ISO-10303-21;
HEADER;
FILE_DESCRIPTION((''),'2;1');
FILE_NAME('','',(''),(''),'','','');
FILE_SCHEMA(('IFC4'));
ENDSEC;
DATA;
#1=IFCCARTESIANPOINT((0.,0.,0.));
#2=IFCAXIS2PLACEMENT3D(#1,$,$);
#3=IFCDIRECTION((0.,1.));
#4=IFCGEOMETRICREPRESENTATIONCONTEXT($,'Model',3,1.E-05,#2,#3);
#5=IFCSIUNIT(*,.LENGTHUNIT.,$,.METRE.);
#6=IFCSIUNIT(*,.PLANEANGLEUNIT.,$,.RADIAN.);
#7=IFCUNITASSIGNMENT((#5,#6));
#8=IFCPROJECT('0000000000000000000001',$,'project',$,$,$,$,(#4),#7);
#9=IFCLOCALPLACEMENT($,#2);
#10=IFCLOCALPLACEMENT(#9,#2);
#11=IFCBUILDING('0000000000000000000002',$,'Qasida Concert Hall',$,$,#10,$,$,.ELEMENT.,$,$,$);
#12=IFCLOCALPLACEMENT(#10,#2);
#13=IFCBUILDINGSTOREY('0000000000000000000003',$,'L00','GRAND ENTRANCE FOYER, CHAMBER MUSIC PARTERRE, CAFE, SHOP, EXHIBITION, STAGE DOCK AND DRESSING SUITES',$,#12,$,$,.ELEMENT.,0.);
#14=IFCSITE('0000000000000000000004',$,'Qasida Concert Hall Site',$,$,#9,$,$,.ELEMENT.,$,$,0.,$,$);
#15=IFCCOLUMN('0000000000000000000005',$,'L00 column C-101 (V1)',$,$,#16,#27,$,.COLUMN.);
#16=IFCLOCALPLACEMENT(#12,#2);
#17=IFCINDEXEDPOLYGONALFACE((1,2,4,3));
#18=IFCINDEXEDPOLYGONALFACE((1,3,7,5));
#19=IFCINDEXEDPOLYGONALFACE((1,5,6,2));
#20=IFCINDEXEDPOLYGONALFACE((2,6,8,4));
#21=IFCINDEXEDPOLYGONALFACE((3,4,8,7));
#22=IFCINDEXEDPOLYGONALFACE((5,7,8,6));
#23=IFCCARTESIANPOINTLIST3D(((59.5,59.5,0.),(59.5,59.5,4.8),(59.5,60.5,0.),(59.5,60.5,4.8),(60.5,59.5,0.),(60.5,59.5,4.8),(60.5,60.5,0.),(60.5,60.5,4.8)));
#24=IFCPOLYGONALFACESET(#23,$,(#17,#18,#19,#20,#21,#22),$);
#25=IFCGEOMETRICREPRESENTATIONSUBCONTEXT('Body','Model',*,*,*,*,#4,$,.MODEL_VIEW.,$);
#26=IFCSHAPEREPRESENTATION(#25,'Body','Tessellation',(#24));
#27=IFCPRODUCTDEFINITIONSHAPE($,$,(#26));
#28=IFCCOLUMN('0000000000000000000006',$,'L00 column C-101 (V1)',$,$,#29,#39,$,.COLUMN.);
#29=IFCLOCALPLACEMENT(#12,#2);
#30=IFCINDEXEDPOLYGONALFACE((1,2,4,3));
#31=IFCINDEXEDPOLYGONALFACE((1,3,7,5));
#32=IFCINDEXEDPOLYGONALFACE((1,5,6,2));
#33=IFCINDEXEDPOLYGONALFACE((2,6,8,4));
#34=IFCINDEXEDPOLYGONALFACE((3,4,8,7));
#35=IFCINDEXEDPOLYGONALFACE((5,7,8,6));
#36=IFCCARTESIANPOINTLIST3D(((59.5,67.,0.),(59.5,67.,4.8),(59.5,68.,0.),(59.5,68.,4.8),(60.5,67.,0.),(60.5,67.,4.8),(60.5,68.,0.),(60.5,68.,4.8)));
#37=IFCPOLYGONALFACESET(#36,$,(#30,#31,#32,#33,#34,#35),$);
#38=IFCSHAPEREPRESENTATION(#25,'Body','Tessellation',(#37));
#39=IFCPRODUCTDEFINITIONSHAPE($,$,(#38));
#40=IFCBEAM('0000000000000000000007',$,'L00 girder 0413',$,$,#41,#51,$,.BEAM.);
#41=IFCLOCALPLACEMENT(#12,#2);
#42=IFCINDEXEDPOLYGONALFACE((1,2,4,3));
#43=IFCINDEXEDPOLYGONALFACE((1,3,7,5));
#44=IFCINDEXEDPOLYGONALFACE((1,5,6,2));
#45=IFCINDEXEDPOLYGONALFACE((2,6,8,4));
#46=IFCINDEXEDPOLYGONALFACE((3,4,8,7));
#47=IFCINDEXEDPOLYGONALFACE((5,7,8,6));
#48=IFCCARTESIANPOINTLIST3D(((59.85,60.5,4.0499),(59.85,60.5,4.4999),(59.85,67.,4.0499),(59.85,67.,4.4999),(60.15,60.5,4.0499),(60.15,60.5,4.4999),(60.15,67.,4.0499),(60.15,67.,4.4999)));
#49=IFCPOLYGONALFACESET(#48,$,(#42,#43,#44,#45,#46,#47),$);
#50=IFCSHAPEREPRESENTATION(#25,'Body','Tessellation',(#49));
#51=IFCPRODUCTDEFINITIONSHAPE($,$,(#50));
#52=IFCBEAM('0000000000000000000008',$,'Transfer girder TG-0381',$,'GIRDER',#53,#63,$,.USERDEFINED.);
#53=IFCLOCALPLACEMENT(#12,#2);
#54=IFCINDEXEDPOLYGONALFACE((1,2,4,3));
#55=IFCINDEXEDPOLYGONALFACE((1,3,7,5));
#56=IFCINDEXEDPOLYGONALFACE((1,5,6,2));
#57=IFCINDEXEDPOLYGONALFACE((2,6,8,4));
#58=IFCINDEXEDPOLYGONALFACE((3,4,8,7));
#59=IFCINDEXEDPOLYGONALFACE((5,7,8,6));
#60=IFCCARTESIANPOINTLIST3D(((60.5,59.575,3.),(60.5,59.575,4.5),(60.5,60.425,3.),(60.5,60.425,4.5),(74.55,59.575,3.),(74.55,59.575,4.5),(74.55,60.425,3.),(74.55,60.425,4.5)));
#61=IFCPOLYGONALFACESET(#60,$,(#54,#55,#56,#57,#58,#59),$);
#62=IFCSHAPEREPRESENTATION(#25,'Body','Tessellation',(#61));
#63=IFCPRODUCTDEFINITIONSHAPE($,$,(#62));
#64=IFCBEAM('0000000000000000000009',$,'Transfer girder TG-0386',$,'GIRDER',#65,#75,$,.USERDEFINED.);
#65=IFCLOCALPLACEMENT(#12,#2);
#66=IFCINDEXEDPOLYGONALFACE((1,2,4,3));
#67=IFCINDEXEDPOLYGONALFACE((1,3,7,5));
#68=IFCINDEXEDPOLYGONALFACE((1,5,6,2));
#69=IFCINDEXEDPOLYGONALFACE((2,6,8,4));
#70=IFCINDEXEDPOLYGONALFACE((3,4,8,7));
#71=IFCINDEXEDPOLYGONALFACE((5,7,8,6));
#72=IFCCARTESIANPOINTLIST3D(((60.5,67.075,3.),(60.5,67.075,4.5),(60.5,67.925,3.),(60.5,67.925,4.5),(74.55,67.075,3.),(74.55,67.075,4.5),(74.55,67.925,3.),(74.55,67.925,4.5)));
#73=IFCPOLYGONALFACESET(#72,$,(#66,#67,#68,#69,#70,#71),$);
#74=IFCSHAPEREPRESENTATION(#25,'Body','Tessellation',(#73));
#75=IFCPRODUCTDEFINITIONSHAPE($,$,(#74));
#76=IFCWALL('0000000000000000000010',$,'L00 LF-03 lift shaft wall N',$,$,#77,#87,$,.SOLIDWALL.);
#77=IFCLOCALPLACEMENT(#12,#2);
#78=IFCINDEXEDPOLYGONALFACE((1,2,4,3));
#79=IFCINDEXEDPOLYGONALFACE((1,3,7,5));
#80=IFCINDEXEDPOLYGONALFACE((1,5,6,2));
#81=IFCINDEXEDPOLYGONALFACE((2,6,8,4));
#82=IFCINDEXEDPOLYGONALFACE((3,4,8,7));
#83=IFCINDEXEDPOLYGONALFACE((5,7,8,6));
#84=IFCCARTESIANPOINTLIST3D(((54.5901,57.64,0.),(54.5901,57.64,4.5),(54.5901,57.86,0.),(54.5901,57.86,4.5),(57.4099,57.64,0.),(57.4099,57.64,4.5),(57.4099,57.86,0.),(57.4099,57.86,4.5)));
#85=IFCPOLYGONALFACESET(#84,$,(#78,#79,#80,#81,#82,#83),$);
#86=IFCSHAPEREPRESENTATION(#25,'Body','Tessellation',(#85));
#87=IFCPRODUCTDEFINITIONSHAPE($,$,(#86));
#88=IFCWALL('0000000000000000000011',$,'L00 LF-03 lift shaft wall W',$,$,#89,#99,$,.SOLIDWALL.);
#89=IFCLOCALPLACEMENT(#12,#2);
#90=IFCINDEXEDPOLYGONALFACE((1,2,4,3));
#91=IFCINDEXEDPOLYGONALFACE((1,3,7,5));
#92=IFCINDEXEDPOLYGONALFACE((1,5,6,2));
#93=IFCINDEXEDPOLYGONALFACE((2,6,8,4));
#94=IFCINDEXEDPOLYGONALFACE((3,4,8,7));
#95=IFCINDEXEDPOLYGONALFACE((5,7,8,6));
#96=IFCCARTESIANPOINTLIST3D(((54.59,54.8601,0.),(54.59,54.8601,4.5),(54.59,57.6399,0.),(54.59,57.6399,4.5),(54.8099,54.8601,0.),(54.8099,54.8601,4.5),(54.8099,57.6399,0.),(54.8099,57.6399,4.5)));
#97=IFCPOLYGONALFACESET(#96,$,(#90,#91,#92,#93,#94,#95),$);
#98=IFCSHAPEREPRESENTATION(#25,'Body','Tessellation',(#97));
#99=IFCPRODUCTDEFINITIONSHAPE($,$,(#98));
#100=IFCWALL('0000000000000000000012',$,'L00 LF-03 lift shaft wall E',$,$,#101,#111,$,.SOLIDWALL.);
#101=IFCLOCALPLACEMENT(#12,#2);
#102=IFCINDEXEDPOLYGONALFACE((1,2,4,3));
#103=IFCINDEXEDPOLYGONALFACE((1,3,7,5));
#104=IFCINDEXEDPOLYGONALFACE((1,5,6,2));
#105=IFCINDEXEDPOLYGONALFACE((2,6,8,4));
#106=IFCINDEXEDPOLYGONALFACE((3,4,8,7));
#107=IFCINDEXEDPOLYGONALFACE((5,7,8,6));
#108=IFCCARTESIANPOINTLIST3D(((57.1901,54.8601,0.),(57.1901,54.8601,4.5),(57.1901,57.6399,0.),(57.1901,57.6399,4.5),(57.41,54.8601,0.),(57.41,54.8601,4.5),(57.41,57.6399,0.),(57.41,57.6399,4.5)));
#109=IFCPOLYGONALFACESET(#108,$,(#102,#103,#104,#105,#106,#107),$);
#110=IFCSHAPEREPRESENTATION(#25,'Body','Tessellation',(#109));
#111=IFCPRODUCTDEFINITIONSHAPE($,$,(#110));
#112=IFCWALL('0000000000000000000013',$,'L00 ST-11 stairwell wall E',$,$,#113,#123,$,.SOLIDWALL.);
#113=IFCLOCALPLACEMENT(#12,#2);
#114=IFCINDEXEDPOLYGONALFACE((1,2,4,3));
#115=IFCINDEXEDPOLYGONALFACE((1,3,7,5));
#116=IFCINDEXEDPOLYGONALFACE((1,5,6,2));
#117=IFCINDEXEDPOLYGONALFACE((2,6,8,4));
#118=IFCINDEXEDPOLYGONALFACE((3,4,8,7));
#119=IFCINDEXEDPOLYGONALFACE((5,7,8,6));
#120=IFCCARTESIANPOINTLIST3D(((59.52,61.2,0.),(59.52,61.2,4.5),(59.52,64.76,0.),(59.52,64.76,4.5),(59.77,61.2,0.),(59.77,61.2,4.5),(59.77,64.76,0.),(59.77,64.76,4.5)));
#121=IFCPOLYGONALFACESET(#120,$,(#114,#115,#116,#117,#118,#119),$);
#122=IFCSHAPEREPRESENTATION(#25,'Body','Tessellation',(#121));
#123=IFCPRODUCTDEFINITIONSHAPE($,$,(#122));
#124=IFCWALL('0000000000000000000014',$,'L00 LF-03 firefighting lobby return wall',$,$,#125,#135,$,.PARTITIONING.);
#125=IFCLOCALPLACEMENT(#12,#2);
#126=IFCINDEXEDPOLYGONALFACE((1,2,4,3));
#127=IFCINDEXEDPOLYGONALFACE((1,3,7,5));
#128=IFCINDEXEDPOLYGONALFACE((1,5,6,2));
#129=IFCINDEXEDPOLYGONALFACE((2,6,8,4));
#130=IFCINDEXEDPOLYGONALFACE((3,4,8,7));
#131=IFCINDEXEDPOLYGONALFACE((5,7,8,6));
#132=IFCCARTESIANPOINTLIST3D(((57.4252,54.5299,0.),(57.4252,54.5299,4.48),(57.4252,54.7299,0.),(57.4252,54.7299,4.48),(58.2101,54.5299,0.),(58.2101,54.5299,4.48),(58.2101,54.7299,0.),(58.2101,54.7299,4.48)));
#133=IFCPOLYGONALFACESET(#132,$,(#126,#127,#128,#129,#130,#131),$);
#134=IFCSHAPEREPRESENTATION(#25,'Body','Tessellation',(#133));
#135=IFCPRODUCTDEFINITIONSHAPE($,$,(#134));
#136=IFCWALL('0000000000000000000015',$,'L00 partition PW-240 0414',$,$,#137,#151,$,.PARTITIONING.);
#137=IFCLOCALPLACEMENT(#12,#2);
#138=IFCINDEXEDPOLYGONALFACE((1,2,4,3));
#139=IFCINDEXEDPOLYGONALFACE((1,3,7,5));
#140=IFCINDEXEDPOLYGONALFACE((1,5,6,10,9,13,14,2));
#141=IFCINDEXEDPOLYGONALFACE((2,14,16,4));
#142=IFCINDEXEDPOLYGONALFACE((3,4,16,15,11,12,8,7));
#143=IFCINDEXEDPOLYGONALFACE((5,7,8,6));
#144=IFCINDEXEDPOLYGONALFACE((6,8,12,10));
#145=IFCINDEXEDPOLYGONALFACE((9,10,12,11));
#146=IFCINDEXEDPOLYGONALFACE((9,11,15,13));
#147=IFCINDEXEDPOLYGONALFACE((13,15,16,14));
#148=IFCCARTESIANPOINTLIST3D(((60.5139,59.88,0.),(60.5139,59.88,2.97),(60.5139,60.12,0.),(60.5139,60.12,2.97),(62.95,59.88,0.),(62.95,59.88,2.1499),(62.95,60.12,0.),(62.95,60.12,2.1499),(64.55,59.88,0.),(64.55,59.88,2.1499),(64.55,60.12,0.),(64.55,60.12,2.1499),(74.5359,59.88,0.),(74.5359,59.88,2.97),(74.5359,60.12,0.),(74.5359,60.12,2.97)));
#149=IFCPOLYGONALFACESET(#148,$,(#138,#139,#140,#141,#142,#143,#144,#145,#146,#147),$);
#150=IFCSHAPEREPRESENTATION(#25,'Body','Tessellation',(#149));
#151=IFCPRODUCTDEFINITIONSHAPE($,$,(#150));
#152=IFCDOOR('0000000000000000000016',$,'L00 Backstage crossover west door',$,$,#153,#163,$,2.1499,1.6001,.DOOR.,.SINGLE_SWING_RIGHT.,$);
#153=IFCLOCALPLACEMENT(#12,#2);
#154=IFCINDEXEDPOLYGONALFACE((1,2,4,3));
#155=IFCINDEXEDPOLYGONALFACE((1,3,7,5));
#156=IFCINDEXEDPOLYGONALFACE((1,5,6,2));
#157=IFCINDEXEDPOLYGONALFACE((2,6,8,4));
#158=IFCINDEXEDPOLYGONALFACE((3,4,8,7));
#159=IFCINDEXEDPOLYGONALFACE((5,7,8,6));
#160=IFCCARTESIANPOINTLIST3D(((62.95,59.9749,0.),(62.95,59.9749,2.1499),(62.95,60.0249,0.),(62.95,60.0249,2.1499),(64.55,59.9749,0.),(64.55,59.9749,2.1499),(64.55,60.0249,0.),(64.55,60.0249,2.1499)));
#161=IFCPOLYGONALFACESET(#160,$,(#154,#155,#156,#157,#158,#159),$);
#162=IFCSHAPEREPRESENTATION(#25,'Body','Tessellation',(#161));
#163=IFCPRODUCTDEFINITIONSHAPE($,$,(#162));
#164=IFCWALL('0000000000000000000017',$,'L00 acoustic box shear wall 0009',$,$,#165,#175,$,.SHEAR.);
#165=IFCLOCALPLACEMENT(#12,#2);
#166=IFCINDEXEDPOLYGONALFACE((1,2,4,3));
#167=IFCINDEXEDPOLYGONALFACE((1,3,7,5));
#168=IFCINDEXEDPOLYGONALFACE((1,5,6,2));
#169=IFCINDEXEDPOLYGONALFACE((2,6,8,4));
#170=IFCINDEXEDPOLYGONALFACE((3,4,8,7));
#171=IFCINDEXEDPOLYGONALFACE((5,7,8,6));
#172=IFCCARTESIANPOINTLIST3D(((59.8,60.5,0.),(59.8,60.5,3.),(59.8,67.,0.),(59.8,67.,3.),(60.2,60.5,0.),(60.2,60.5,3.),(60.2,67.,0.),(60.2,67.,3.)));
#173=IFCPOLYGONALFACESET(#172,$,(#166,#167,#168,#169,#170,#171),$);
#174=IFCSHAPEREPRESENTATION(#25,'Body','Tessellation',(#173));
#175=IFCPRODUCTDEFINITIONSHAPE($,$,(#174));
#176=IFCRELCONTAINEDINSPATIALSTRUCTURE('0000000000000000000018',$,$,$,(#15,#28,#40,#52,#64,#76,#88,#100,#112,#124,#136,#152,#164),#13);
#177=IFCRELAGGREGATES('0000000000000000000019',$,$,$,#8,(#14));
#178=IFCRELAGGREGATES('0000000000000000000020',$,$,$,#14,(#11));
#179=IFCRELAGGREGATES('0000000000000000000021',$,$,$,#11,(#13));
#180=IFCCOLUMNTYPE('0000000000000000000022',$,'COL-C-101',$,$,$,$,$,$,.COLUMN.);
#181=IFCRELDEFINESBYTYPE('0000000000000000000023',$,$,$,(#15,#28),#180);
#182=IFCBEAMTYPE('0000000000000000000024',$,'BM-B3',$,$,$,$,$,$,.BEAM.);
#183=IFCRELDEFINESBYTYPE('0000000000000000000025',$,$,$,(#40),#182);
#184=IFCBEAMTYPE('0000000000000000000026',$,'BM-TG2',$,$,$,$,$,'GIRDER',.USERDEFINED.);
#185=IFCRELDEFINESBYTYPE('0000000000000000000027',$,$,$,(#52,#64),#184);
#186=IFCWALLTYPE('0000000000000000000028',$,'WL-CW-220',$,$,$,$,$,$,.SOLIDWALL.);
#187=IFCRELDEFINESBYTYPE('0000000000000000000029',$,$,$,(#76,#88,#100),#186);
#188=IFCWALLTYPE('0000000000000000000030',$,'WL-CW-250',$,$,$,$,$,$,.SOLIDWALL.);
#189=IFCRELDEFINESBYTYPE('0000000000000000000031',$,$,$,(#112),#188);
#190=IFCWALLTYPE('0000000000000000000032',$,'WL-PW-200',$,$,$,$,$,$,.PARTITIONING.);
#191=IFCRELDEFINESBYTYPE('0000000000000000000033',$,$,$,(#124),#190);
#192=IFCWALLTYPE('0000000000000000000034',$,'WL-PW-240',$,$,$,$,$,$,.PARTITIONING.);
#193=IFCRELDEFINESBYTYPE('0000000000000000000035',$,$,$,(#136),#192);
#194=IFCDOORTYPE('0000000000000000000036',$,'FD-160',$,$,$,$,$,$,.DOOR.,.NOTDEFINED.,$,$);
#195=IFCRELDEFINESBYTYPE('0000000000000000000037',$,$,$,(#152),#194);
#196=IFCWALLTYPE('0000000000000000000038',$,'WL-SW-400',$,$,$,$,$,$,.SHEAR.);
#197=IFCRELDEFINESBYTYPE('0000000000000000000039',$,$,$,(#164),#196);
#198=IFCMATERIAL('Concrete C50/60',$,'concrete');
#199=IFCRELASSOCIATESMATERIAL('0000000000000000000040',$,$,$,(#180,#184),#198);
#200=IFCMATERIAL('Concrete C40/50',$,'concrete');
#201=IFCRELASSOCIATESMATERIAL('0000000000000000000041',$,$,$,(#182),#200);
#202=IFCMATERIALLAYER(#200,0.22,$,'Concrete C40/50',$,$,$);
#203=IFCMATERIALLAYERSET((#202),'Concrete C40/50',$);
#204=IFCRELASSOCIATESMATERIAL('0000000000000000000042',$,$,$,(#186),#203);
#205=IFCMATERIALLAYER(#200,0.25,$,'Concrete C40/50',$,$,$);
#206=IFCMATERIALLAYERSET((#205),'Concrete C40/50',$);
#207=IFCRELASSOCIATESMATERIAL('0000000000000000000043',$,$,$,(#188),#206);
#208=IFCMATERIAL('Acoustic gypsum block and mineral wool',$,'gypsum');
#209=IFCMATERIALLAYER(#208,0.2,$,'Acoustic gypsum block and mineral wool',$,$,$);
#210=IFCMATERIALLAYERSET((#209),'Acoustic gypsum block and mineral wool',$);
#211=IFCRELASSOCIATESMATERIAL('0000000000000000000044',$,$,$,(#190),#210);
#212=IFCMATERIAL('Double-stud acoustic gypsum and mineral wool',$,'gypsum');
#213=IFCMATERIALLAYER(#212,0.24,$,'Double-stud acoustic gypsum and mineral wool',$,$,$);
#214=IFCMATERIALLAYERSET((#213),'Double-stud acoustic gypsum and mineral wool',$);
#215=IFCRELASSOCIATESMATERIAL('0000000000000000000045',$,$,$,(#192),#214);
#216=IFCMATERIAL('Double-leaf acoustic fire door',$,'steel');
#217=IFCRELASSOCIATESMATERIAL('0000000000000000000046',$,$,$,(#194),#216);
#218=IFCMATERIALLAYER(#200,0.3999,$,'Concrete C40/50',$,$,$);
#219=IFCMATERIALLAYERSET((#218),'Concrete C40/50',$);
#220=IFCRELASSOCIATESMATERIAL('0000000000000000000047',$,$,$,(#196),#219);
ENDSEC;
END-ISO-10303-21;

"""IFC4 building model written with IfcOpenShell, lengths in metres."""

from ifc_helpers import new_model, si_unit, direction, frame, frame_2d, origin, origin_2d, place, context, subcontext, project, spatial, rectangle, extrude, material, layer, layer_set, material_profile, profile_set, type_object, element, fill, save


model = new_model("IFC4")

# Units and contexts
model_context = context("Model", 3, precision=1e-05, world=origin(), true_north=direction((0.0, 1.0)))
body_context = subcontext(model_context, "Body", "Model", "MODEL_VIEW")
ifc_project = project(units=[si_unit("LENGTHUNIT", "METRE"), si_unit("PLANEANGLEUNIT", "RADIAN")], contexts=[model_context])

# Site, building, storey
site_placement = place(None, origin())
site = spatial("IfcSite", under=ifc_project, at=site_placement, Name="Qasida Concert Hall Site", CompositionType="ELEMENT", RefElevation=0.0)
building_placement = place(site_placement, origin())
building = spatial("IfcBuilding", under=site, at=building_placement, Name="Qasida Concert Hall", CompositionType="ELEMENT")
storey_placement = place(building_placement, origin())
storey = spatial("IfcBuildingStorey", under=building, at=storey_placement, Name="L00", Description="GRAND ENTRANCE FOYER, CHAMBER MUSIC PARTERRE, CAFE, SHOP, EXHIBITION, STAGE DOCK AND DRESSING SUITES", CompositionType="ELEMENT", Elevation=0.0)

# Columns
ifc_material_1 = material(Name="Concrete C50/60", Category="concrete")
ifc_material_profile_1 = material_profile(ifc_material_1, rectangle(XDim=1.0, YDim=1.0, at=origin_2d()), Name="RC 1000x1000")
ifc_profile_set_1 = profile_set([ifc_material_profile_1], Name="Concrete C50/60")
column_type = type_object("IfcColumnType", Name="COL-C-101", PredefinedType="COLUMN", material=ifc_profile_set_1)
for number, where, z_axis, x_axis, name in (
    (1, (60.0, 60.0, 0.0), (0.0, 0.0, 1.0), (1.0, 0.0, 0.0), "L00 column C-101 (V1)"),
    (2, (60.0, 67.5, 0.0), (0.0, 0.0, 1.0), (1.0, 0.0, 0.0), "L00 column C-101 (V1)"),
):
    element("IfcColumn", number, at=place(storey_placement, frame(where, z_axis=z_axis, x_axis=x_axis)), inside=storey, type_object=column_type, Name=name, PredefinedType="COLUMN", context=body_context, shape_type="SweptSolid", body=[
        extrude(rectangle(XDim=1.0, YDim=1.0, at=origin_2d()), origin(), (0.0, 0.0, 1.0), 4.8),
    ])

# Beams
ifc_material_2 = material(Name="Concrete C40/50", Category="concrete")
ifc_material_profile_2 = material_profile(ifc_material_2, rectangle(XDim=0.3, YDim=0.45, at=origin_2d()), Name="RC 300x450")
ifc_profile_set_2 = profile_set([ifc_material_profile_2], Name="Concrete C40/50")
beam_type_1 = type_object("IfcBeamType", Name="BM-B3", PredefinedType="BEAM", material=ifc_profile_set_2)
beam_placement = place(storey_placement, frame((60.0, 60.5, 4.2749), z_axis=(0.0, 1.0, 0.0), x_axis=(-1.0, 0.0, 0.0)))
element("IfcBeam", 3, at=beam_placement, inside=storey, type_object=beam_type_1, Name="L00 girder 0413", PredefinedType="BEAM", context=body_context, shape_type="SweptSolid", body=[
    extrude(rectangle(XDim=0.3, YDim=0.45, at=origin_2d()), origin(), (0.0, 0.0, 1.0), 6.5),
])
ifc_material_profile_3 = material_profile(ifc_material_1, rectangle(XDim=0.8501, YDim=1.5, at=origin_2d()), Name="RC 850x1500")
ifc_profile_set_3 = profile_set([ifc_material_profile_3], Name="Concrete C50/60")
beam_type_2 = type_object("IfcBeamType", Name="BM-TG2", ElementType="GIRDER", PredefinedType="USERDEFINED", material=ifc_profile_set_3)
for number, where, z_axis, x_axis, name in (
    (4, (60.5, 60.0, 3.75), (1.0, 0.0, 0.0), (0.0, 1.0, 0.0), "Transfer girder TG-0381"),
    (5, (60.5, 67.5, 3.75), (1.0, 0.0, 0.0), (0.0, 1.0, 0.0), "Transfer girder TG-0386"),
):
    element("IfcBeam", number, at=place(storey_placement, frame(where, z_axis=z_axis, x_axis=x_axis)), inside=storey, type_object=beam_type_2, Name=name, ObjectType="GIRDER", PredefinedType="USERDEFINED", context=body_context, shape_type="SweptSolid", body=[
        extrude(rectangle(XDim=0.8501, YDim=1.5, at=origin_2d()), origin(), (0.0, 0.0, 1.0), 14.05),
    ])

# Shared definitions
ifc_layer_1 = layer(ifc_material_2, 0.22, Name="Concrete C40/50")
ifc_layer_set_1 = layer_set([ifc_layer_1], Name="Concrete C40/50")
wall_type_1 = type_object("IfcWallType", Name="WL-CW-220", PredefinedType="SOLIDWALL", material=ifc_layer_set_1)

# Walls
wall_1_placement = place(storey_placement, frame((54.5901, 57.75, 0.0), z_axis=(0.0, 0.0, 1.0), x_axis=(1.0, 0.0, 0.0)))
element("IfcWall", 6, at=wall_1_placement, inside=storey, type_object=wall_type_1, Name="L00 LF-03 lift shaft wall N", PredefinedType="SOLIDWALL", context=body_context, shape_type="SweptSolid", body=[
    extrude(rectangle(XDim=2.8198, YDim=0.22, at=frame_2d((1.4099, 0.0))), origin(), (0.0, 0.0, 1.0), 4.5),
])
for number, where, z_axis, x_axis, name in (
    (7, (54.7, 54.8601, 0.0), (0.0, 0.0, 1.0), (0.0, 1.0, 0.0), "L00 LF-03 lift shaft wall W"),
    (8, (57.3, 54.8601, 0.0), (0.0, 0.0, 1.0), (0.0, 1.0, 0.0), "L00 LF-03 lift shaft wall E"),
):
    element("IfcWall", number, at=place(storey_placement, frame(where, z_axis=z_axis, x_axis=x_axis)), inside=storey, type_object=wall_type_1, Name=name, PredefinedType="SOLIDWALL", context=body_context, shape_type="SweptSolid", body=[
        extrude(rectangle(XDim=2.7798, YDim=0.22, at=frame_2d((1.3899, 0.0))), origin(), (0.0, 0.0, 1.0), 4.5),
    ])
ifc_layer_2 = layer(ifc_material_2, 0.25, Name="Concrete C40/50")
ifc_layer_set_2 = layer_set([ifc_layer_2], Name="Concrete C40/50")
wall_type_2 = type_object("IfcWallType", Name="WL-CW-250", PredefinedType="SOLIDWALL", material=ifc_layer_set_2)
wall_2_placement = place(storey_placement, frame((59.645, 61.2, 0.0), z_axis=(0.0, 0.0, 1.0), x_axis=(0.0, 1.0, 0.0)))
element("IfcWall", 9, at=wall_2_placement, inside=storey, type_object=wall_type_2, Name="L00 ST-11 stairwell wall E", PredefinedType="SOLIDWALL", context=body_context, shape_type="SweptSolid", body=[
    extrude(rectangle(XDim=3.5601, YDim=0.25, at=frame_2d((1.78, 0.0))), origin(), (0.0, 0.0, 1.0), 4.5),
])
ifc_material_3 = material(Name="Acoustic gypsum block and mineral wool", Category="gypsum")
ifc_layer_3 = layer(ifc_material_3, 0.2, Name="Acoustic gypsum block and mineral wool")
ifc_layer_set_3 = layer_set([ifc_layer_3], Name="Acoustic gypsum block and mineral wool")
wall_type_3 = type_object("IfcWallType", Name="WL-PW-200", PredefinedType="PARTITIONING", material=ifc_layer_set_3)
wall_3_placement = place(storey_placement, frame((57.425, 54.6299, 0.0), z_axis=(0.0, 0.0, 1.0), x_axis=(1.0, 0.0, 0.0)))
element("IfcWall", 10, at=wall_3_placement, inside=storey, type_object=wall_type_3, Name="L00 LF-03 firefighting lobby return wall", PredefinedType="PARTITIONING", context=body_context, shape_type="SweptSolid", body=[
    extrude(rectangle(XDim=0.7849, YDim=0.2, at=frame_2d((0.3926, 0.0))), origin(), (0.0, 0.0, 1.0), 4.48),
])

# Wall, opening, door
ifc_material_4 = material(Name="Double-stud acoustic gypsum and mineral wool", Category="gypsum")
ifc_layer_4 = layer(ifc_material_4, 0.24, Name="Double-stud acoustic gypsum and mineral wool")
ifc_layer_set_4 = layer_set([ifc_layer_4], Name="Double-stud acoustic gypsum and mineral wool")
wall_type_4 = type_object("IfcWallType", Name="WL-PW-240", PredefinedType="PARTITIONING", material=ifc_layer_set_4)
wall_4_placement = place(storey_placement, frame((60.5139, 60.0, 0.0), z_axis=(0.0, 0.0, 1.0), x_axis=(1.0, 0.0, 0.0)))
wall_4 = element("IfcWall", 11, at=wall_4_placement, inside=storey, type_object=wall_type_4, Name="L00 partition PW-240 0414", PredefinedType="PARTITIONING", context=body_context, shape_type="SweptSolid", body=[
    extrude(rectangle(XDim=14.022, YDim=0.24, at=frame_2d((7.011, 0.0))), origin(), (0.0, 0.0, 1.0), 2.97),
])
opening_1_placement = place(wall_4_placement, frame((2.436, 0.0, 0.0)))
opening_1 = element("IfcOpeningElement", 12, at=opening_1_placement, cuts=wall_4, PredefinedType="OPENING", context=body_context, shape_type="SweptSolid", body=[
    extrude(rectangle(XDim=1.6001, YDim=2.1499, at=frame_2d((0.8, 1.075))), frame((0.0, 0.1299, 0.0), z_axis=(0.0, -1.0, 0.0), x_axis=(1.0, 0.0, 0.0)), (0.0, 0.0, 1.0), 0.26),
])
ifc_material_5 = material(Name="Double-leaf acoustic fire door", Category="steel")
door_type_1 = type_object("IfcDoorType", Name="FD-160", OperationType="NOTDEFINED", PredefinedType="DOOR", material=ifc_material_5)
door_1_placement = place(opening_1_placement, origin())
door_1 = element("IfcDoor", 13, at=door_1_placement, inside=storey, type_object=door_type_1, Name="L00 Backstage crossover west door", OperationType="SINGLE_SWING_RIGHT", OverallHeight=2.1499, OverallWidth=1.6001, PredefinedType="DOOR", context=body_context, shape_type="SweptSolid", body=[
    extrude(rectangle(XDim=1.6001, YDim=2.1499, at=frame_2d((0.8, 1.075))), frame((0.0, 0.0249, 0.0), z_axis=(0.0, -1.0, 0.0), x_axis=(1.0, 0.0, 0.0)), (0.0, 0.0, 1.0), 0.05),
])
fill(opening_1, door_1)

# Wall
ifc_layer_5 = layer(ifc_material_2, 0.3999, Name="Concrete C40/50")
ifc_layer_set_5 = layer_set([ifc_layer_5], Name="Concrete C40/50")
wall_type_5 = type_object("IfcWallType", Name="WL-SW-400", PredefinedType="SHEAR", material=ifc_layer_set_5)
wall_5_placement = place(storey_placement, frame((60.0, 60.5, 0.0), z_axis=(0.0, 0.0, 1.0), x_axis=(0.0, 1.0, 0.0)))
element("IfcWall", 14, at=wall_5_placement, inside=storey, type_object=wall_type_5, Name="L00 acoustic box shear wall 0009", PredefinedType="SHEAR", context=body_context, shape_type="SweptSolid", body=[
    extrude(rectangle(XDim=6.5, YDim=0.3999, at=frame_2d((3.25, 0.0))), origin(), (0.0, 0.0, 1.0), 3.0),
])

save(model, "model.ifc")
